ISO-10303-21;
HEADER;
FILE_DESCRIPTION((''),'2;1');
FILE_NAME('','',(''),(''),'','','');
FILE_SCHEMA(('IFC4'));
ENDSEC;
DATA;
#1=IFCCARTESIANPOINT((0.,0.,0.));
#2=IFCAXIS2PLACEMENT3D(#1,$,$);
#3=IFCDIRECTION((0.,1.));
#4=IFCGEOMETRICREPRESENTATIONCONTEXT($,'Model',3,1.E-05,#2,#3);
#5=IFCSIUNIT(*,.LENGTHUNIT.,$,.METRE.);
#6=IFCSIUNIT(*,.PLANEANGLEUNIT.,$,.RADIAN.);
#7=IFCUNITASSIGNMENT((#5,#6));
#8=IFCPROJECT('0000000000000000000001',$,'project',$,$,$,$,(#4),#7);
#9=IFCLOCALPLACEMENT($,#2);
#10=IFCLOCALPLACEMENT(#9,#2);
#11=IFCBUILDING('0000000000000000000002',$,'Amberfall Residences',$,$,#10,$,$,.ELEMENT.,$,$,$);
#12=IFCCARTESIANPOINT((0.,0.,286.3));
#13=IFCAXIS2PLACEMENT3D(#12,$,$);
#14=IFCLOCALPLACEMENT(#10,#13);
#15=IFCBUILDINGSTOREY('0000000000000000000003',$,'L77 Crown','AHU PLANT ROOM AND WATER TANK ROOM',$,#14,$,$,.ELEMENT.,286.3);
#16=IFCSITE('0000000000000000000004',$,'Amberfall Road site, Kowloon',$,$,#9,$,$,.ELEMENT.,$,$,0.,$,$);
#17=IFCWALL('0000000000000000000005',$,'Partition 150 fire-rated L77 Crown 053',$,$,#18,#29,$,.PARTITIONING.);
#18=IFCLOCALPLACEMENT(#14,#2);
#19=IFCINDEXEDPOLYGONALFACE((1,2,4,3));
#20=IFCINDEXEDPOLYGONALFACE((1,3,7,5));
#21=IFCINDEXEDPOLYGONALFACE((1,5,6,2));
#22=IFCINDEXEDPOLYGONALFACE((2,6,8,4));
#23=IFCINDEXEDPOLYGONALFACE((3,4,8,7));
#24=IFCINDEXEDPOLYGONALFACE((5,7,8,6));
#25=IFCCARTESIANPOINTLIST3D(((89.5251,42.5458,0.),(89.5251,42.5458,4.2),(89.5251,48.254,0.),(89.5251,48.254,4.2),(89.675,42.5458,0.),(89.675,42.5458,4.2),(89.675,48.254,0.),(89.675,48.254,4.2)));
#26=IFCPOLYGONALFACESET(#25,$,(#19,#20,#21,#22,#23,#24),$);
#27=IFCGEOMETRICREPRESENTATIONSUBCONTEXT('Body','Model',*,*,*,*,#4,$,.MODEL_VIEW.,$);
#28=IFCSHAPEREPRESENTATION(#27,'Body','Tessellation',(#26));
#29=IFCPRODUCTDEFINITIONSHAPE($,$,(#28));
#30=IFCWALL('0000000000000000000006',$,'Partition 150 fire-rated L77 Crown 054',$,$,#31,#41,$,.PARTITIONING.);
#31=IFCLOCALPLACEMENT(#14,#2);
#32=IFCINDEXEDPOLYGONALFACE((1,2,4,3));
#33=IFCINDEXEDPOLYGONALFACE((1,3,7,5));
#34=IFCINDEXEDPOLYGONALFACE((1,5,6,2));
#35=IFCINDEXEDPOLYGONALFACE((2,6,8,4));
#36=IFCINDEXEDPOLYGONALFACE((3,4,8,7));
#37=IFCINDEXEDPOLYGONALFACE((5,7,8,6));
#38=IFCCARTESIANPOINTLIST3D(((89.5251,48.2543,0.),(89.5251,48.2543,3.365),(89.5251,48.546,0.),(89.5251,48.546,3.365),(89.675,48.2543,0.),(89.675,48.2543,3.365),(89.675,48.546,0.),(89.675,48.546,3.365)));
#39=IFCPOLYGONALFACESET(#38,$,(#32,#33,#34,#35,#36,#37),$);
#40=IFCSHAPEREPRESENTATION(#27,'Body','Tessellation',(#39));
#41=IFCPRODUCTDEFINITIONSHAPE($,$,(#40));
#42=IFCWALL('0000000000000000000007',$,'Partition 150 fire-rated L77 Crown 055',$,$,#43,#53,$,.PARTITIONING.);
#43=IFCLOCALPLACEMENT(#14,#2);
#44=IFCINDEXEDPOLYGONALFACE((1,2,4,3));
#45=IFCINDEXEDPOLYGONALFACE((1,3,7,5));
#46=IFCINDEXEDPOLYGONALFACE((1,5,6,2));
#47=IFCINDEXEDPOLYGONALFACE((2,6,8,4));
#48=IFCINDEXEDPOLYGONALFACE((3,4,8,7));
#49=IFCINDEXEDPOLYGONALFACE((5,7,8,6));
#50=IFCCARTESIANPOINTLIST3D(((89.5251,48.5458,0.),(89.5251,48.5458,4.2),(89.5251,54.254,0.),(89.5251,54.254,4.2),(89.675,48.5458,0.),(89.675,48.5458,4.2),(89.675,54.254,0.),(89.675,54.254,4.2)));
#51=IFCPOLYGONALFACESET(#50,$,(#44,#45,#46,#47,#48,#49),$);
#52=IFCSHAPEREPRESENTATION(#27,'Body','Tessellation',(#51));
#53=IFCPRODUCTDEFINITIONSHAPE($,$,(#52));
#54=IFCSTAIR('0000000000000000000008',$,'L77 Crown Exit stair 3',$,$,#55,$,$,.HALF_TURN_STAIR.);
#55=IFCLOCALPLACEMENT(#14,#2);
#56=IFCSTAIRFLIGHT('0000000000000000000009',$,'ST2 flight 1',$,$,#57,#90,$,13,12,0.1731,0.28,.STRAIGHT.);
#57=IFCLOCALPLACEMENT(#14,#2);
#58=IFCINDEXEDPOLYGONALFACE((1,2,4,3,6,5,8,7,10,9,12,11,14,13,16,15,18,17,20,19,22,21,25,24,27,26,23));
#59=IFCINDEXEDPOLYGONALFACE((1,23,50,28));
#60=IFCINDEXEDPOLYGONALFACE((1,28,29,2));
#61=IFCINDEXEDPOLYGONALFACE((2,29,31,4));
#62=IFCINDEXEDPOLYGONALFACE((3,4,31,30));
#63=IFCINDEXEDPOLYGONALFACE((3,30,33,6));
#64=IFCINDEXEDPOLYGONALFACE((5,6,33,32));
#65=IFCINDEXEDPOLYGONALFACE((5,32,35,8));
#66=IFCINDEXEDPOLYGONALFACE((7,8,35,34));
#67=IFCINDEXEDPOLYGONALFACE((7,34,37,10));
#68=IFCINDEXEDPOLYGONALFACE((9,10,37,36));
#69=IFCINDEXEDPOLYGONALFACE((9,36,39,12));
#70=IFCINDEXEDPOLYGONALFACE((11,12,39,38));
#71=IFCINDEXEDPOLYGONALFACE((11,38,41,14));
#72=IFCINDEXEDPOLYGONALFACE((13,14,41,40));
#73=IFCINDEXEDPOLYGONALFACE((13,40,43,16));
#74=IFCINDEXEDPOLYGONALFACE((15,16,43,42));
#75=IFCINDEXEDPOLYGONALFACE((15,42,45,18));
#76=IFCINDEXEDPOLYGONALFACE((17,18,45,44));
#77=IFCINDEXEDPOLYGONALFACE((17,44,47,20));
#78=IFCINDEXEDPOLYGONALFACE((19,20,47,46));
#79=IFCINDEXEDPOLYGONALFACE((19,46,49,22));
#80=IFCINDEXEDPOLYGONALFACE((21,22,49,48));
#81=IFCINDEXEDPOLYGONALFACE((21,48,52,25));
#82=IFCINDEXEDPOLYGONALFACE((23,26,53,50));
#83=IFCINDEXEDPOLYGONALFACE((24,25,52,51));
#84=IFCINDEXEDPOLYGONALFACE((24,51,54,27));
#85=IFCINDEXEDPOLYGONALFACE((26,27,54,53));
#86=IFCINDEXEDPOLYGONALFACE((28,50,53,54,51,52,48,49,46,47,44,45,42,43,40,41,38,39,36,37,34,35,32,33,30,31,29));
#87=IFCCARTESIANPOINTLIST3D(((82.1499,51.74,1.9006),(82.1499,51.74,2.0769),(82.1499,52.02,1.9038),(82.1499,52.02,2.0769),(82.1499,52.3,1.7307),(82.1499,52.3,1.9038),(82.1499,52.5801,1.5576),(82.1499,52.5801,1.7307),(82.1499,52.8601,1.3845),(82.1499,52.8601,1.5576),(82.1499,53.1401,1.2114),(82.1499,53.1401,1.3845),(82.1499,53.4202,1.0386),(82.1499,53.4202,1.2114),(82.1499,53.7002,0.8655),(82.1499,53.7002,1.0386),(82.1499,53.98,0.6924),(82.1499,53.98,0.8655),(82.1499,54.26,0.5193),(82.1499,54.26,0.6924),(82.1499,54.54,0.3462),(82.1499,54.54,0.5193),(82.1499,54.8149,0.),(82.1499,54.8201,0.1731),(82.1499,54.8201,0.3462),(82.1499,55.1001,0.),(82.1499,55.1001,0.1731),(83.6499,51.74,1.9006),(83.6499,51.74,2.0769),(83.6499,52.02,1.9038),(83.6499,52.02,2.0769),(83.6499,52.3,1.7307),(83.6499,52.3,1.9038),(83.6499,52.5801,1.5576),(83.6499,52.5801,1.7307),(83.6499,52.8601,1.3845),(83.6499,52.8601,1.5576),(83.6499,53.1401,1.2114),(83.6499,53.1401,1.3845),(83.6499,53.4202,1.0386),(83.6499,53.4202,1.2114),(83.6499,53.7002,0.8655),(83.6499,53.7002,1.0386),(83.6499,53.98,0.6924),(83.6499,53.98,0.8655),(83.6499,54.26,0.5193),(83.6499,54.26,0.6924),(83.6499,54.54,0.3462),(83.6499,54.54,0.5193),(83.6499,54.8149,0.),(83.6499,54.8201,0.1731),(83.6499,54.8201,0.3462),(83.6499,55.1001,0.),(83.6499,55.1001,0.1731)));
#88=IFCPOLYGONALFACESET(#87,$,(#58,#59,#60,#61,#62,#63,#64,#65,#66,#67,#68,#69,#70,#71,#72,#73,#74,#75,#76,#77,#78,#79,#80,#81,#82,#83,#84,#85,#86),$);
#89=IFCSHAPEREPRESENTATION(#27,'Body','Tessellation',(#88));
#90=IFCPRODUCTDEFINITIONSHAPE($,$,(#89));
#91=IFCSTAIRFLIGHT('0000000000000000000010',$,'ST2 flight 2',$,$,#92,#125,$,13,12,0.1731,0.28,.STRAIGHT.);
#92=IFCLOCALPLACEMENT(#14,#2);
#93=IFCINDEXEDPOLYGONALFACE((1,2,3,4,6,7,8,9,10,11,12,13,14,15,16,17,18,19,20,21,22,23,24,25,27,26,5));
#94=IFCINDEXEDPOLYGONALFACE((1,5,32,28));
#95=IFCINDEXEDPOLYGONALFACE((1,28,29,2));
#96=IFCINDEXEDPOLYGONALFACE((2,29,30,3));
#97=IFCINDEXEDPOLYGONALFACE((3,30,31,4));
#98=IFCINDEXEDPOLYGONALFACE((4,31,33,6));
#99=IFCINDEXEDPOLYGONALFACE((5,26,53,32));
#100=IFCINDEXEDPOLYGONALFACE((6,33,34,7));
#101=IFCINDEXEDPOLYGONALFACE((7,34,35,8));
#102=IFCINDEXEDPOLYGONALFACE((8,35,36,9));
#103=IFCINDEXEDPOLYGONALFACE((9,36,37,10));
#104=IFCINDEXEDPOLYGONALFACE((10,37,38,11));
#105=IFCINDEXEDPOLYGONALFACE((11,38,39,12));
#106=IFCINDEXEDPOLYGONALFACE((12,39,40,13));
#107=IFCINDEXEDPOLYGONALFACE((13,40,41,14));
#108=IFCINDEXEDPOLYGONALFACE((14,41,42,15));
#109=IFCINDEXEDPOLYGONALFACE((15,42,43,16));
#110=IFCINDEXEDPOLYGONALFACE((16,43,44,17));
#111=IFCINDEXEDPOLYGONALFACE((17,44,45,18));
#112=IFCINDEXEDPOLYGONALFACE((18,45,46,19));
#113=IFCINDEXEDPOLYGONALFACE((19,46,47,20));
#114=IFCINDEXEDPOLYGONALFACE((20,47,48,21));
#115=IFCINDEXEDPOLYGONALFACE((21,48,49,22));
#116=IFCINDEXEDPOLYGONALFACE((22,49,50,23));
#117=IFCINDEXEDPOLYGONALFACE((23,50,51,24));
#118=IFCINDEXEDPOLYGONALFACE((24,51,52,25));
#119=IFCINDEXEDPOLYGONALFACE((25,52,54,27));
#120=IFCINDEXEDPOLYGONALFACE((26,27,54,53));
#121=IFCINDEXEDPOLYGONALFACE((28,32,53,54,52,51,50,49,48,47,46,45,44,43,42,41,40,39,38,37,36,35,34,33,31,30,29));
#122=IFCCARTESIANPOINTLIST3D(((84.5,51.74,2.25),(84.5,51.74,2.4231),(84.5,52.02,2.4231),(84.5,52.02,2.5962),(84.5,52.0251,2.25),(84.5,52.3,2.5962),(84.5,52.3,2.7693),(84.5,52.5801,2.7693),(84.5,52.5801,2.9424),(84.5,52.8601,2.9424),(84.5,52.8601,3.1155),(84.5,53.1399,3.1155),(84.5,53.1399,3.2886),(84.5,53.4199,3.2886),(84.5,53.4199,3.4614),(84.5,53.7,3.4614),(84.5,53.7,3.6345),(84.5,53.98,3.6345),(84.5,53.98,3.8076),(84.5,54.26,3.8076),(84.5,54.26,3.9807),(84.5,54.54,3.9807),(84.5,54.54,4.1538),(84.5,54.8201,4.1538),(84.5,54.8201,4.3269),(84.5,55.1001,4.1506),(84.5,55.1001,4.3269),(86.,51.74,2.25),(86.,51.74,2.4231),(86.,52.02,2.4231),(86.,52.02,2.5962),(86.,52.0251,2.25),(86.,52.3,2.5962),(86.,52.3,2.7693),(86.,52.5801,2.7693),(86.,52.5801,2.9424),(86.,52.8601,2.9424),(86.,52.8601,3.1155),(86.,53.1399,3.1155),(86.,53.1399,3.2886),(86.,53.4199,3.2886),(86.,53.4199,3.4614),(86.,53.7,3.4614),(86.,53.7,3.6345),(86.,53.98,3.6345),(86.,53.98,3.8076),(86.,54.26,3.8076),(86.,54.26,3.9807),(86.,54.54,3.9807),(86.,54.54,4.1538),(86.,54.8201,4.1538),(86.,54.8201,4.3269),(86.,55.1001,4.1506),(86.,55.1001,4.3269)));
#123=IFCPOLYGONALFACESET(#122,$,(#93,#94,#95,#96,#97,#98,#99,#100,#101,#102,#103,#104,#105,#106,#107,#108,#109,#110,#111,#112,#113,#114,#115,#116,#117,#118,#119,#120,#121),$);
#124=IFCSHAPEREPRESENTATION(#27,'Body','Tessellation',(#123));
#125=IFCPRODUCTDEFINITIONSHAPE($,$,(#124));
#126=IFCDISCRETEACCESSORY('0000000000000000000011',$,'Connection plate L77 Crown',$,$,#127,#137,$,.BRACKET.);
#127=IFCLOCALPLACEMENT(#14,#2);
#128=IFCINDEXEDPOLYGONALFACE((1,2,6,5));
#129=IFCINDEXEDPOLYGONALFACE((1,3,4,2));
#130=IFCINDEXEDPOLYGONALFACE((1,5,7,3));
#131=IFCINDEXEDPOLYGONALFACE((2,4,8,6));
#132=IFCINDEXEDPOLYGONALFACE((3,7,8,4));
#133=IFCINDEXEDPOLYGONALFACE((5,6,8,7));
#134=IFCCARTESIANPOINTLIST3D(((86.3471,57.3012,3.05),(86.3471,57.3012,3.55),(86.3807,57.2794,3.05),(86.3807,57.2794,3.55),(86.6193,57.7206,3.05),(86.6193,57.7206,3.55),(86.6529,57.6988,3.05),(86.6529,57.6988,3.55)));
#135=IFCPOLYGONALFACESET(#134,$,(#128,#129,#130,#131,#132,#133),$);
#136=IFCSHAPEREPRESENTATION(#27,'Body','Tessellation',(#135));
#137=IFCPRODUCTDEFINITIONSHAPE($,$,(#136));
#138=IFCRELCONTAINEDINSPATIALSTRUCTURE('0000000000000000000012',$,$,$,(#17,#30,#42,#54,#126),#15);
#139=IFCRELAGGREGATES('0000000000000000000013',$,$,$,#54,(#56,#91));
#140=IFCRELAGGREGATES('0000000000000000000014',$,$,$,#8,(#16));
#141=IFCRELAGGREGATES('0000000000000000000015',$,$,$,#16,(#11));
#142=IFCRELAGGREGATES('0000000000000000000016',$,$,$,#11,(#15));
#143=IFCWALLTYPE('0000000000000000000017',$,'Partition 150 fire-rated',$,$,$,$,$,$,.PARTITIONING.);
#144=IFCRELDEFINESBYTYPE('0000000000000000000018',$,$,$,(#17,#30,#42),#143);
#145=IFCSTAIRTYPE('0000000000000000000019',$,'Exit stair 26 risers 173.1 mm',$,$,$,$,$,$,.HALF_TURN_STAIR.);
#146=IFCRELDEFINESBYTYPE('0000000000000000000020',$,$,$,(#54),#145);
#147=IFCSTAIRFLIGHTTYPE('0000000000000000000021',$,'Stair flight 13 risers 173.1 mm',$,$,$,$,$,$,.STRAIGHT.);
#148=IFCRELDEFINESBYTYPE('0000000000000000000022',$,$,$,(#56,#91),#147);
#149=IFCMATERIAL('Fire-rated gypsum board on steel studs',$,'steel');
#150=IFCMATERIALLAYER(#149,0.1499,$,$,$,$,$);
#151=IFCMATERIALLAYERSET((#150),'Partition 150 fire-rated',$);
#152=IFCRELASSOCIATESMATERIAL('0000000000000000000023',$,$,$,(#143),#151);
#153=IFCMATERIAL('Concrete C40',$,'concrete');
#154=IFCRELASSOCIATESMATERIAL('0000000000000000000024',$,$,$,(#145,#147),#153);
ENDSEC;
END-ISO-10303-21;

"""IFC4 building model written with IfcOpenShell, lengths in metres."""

from ifc_helpers import new_model, si_unit, direction, frame, frame_2d, origin, origin_2d, place, context, subcontext, project, spatial, polyline, rectangle, outline, extrude, material, layer, layer_set, type_object, element, aggregate, save


model = new_model("IFC4")

# Units and contexts
model_context = context("Model", 3, precision=1e-05, world=origin(), true_north=direction((0.0, 1.0)))
body_context = subcontext(model_context, "Body", "Model", "MODEL_VIEW")
ifc_project = project(units=[si_unit("LENGTHUNIT", "METRE"), si_unit("PLANEANGLEUNIT", "RADIAN")], contexts=[model_context])

# Site, building, storey
site_placement = place(None, origin())
site = spatial("IfcSite", under=ifc_project, at=site_placement, Name="Amberfall Road site, Kowloon", CompositionType="ELEMENT", RefElevation=0.0)
building_placement = place(site_placement, origin())
building = spatial("IfcBuilding", under=site, at=building_placement, Name="Amberfall Residences", CompositionType="ELEMENT")
storey_placement = place(building_placement, frame((0.0, 0.0, 286.3)))
storey = spatial("IfcBuildingStorey", under=building, at=storey_placement, Name="L77 Crown", Description="AHU PLANT ROOM AND WATER TANK ROOM", CompositionType="ELEMENT", Elevation=286.3)

# Shared definitions
ifc_material_1 = material(Name="Fire-rated gypsum board on steel studs", Category="steel")
ifc_layer_1 = layer(ifc_material_1, 0.1499)
ifc_layer_set_1 = layer_set([ifc_layer_1], Name="Partition 150 fire-rated")
wall_type_1 = type_object("IfcWallType", Name="Partition 150 fire-rated", PredefinedType="PARTITIONING", material=ifc_layer_set_1)

# Walls
wall_1_placement = place(storey_placement, frame((89.6001, 42.5459, 0.0), z_axis=(0.0, 0.0, 1.0), x_axis=(0.0, 1.0, 0.0)))
element("IfcWall", 1, at=wall_1_placement, inside=storey, type_object=wall_type_1, Name="Partition 150 fire-rated L77 Crown 053", PredefinedType="PARTITIONING", context=body_context, shape_type="SweptSolid", body=[
    extrude(rectangle(XDim=5.7083, YDim=0.1499, at=frame_2d((2.854, 0.0))), origin(), (0.0, 0.0, 1.0), 4.2),
])
wall_2_placement = place(storey_placement, frame((89.6001, 48.2542, 0.0), z_axis=(0.0, 0.0, 1.0), x_axis=(0.0, 1.0, 0.0)))
element("IfcWall", 2, at=wall_2_placement, inside=storey, type_object=wall_type_1, Name="Partition 150 fire-rated L77 Crown 054", PredefinedType="PARTITIONING", context=body_context, shape_type="SweptSolid", body=[
    extrude(rectangle(XDim=0.2917, YDim=0.1499, at=frame_2d((0.146, 0.0))), origin(), (0.0, 0.0, 1.0), 3.365),
])
wall_3_placement = place(storey_placement, frame((89.6001, 48.5459, 0.0), z_axis=(0.0, 0.0, 1.0), x_axis=(0.0, 1.0, 0.0)))
element("IfcWall", 3, at=wall_3_placement, inside=storey, type_object=wall_type_1, Name="Partition 150 fire-rated L77 Crown 055", PredefinedType="PARTITIONING", context=body_context, shape_type="SweptSolid", body=[
    extrude(rectangle(XDim=5.7083, YDim=0.1499, at=frame_2d((2.854, 0.0))), origin(), (0.0, 0.0, 1.0), 4.2),
])

# Stair, stair flights
ifc_material_2 = material(Name="Concrete C40", Category="concrete")
stair_type = type_object("IfcStairType", Name="Exit stair 26 risers 173.1 mm", PredefinedType="HALF_TURN_STAIR", material=ifc_material_2)
stair_placement = place(storey_placement, origin())
stair = element("IfcStair", 4, at=stair_placement, inside=storey, type_object=stair_type, Name="L77 Crown Exit stair 3", PredefinedType="HALF_TURN_STAIR")
stair_flight_type = type_object("IfcStairFlightType", Name="Stair flight 13 risers 173.1 mm", PredefinedType="STRAIGHT", material=ifc_material_2)
stair_flight_1_placement = place(storey_placement, frame((82.8999, 55.1001, 0.0), z_axis=(0.0, 0.0, 1.0), x_axis=(0.0, -1.0, 0.0)))
stair_flight_1 = element("IfcStairFlight", 5, at=stair_flight_1_placement, type_object=stair_flight_type, Name="ST2 flight 1", NumberOfRisers=13, NumberOfTreads=12, PredefinedType="STRAIGHT", RiserHeight=0.1731, TreadLength=0.28, context=body_context, shape_type="SweptSolid", body=[
    extrude(outline(polyline([(0.0, 0.0), (0.0, 0.1731), (0.28, 0.1731), (0.28, 0.3462), (0.5601, 0.3462), (0.5601, 0.5193), (0.8401, 0.5193), (0.8401, 0.6924), (1.1201, 0.6924), (1.1201, 0.8655), (1.3999, 0.8655), (1.3999, 1.0386), (1.6799, 1.0386), (1.6799, 1.2114), (1.96, 1.2114), (1.96, 1.3845), (2.24, 1.3845), (2.24, 1.5576), (2.52, 1.5576), (2.52, 1.7307), (2.8, 1.7307), (2.8, 1.9038), (3.0801, 1.9038), (3.0801, 2.0769), (3.3601, 2.0769), (3.3601, 2.25), (3.3601, 1.9006), (0.2852, 0.0), (0.0, 0.0)])), frame((0.0, 0.75, 0.0), z_axis=(0.0, -1.0, 0.0), x_axis=(1.0, 0.0, 0.0)), (0.0, 0.0, 1.0), 1.5),
])
stair_flight_2_placement = place(storey_placement, frame((85.25, 51.74, 2.25), z_axis=(0.0, 0.0, 1.0), x_axis=(0.0, 1.0, 0.0)))
stair_flight_2 = element("IfcStairFlight", 6, at=stair_flight_2_placement, type_object=stair_flight_type, Name="ST2 flight 2", NumberOfRisers=13, NumberOfTreads=12, PredefinedType="STRAIGHT", RiserHeight=0.1731, TreadLength=0.28, context=body_context, shape_type="SweptSolid", body=[
    extrude(outline(polyline([(0.0, 0.0), (0.0, 0.1731), (0.28, 0.1731), (0.28, 0.3462), (0.5601, 0.3462), (0.5601, 0.5193), (0.8401, 0.5193), (0.8401, 0.6924), (1.1201, 0.6924), (1.1201, 0.8655), (1.3999, 0.8655), (1.3999, 1.0386), (1.6799, 1.0386), (1.6799, 1.2114), (1.96, 1.2114), (1.96, 1.3845), (2.24, 1.3845), (2.24, 1.5576), (2.52, 1.5576), (2.52, 1.7307), (2.8, 1.7307), (2.8, 1.9038), (3.0801, 1.9038), (3.0801, 2.0769), (3.3601, 2.0769), (3.3601, 2.25), (3.3601, 1.9006), (0.2852, 0.0), (0.0, 0.0)])), frame((0.0, 0.75, 0.0), z_axis=(0.0, -1.0, 0.0), x_axis=(1.0, 0.0, 0.0)), (0.0, 0.0, 1.0), 1.5),
])
aggregate(stair, [stair_flight_1, stair_flight_2])

# Discrete accessory
discrete_accessory_placement = place(storey_placement, frame((86.5, 57.5, 3.05), z_axis=(0.0, 0.0, 1.0), x_axis=(-0.544478, -0.838775, 0.0)))
element("IfcDiscreteAccessory", 7, at=discrete_accessory_placement, inside=storey, Name="Connection plate L77 Crown", PredefinedType="BRACKET", context=body_context, shape_type="SweptSolid", body=[
    extrude(rectangle(XDim=0.5, YDim=0.04, at=origin_2d()), origin(), (0.0, 0.0, 1.0), 0.5),
])

save(model, "model.ifc")
